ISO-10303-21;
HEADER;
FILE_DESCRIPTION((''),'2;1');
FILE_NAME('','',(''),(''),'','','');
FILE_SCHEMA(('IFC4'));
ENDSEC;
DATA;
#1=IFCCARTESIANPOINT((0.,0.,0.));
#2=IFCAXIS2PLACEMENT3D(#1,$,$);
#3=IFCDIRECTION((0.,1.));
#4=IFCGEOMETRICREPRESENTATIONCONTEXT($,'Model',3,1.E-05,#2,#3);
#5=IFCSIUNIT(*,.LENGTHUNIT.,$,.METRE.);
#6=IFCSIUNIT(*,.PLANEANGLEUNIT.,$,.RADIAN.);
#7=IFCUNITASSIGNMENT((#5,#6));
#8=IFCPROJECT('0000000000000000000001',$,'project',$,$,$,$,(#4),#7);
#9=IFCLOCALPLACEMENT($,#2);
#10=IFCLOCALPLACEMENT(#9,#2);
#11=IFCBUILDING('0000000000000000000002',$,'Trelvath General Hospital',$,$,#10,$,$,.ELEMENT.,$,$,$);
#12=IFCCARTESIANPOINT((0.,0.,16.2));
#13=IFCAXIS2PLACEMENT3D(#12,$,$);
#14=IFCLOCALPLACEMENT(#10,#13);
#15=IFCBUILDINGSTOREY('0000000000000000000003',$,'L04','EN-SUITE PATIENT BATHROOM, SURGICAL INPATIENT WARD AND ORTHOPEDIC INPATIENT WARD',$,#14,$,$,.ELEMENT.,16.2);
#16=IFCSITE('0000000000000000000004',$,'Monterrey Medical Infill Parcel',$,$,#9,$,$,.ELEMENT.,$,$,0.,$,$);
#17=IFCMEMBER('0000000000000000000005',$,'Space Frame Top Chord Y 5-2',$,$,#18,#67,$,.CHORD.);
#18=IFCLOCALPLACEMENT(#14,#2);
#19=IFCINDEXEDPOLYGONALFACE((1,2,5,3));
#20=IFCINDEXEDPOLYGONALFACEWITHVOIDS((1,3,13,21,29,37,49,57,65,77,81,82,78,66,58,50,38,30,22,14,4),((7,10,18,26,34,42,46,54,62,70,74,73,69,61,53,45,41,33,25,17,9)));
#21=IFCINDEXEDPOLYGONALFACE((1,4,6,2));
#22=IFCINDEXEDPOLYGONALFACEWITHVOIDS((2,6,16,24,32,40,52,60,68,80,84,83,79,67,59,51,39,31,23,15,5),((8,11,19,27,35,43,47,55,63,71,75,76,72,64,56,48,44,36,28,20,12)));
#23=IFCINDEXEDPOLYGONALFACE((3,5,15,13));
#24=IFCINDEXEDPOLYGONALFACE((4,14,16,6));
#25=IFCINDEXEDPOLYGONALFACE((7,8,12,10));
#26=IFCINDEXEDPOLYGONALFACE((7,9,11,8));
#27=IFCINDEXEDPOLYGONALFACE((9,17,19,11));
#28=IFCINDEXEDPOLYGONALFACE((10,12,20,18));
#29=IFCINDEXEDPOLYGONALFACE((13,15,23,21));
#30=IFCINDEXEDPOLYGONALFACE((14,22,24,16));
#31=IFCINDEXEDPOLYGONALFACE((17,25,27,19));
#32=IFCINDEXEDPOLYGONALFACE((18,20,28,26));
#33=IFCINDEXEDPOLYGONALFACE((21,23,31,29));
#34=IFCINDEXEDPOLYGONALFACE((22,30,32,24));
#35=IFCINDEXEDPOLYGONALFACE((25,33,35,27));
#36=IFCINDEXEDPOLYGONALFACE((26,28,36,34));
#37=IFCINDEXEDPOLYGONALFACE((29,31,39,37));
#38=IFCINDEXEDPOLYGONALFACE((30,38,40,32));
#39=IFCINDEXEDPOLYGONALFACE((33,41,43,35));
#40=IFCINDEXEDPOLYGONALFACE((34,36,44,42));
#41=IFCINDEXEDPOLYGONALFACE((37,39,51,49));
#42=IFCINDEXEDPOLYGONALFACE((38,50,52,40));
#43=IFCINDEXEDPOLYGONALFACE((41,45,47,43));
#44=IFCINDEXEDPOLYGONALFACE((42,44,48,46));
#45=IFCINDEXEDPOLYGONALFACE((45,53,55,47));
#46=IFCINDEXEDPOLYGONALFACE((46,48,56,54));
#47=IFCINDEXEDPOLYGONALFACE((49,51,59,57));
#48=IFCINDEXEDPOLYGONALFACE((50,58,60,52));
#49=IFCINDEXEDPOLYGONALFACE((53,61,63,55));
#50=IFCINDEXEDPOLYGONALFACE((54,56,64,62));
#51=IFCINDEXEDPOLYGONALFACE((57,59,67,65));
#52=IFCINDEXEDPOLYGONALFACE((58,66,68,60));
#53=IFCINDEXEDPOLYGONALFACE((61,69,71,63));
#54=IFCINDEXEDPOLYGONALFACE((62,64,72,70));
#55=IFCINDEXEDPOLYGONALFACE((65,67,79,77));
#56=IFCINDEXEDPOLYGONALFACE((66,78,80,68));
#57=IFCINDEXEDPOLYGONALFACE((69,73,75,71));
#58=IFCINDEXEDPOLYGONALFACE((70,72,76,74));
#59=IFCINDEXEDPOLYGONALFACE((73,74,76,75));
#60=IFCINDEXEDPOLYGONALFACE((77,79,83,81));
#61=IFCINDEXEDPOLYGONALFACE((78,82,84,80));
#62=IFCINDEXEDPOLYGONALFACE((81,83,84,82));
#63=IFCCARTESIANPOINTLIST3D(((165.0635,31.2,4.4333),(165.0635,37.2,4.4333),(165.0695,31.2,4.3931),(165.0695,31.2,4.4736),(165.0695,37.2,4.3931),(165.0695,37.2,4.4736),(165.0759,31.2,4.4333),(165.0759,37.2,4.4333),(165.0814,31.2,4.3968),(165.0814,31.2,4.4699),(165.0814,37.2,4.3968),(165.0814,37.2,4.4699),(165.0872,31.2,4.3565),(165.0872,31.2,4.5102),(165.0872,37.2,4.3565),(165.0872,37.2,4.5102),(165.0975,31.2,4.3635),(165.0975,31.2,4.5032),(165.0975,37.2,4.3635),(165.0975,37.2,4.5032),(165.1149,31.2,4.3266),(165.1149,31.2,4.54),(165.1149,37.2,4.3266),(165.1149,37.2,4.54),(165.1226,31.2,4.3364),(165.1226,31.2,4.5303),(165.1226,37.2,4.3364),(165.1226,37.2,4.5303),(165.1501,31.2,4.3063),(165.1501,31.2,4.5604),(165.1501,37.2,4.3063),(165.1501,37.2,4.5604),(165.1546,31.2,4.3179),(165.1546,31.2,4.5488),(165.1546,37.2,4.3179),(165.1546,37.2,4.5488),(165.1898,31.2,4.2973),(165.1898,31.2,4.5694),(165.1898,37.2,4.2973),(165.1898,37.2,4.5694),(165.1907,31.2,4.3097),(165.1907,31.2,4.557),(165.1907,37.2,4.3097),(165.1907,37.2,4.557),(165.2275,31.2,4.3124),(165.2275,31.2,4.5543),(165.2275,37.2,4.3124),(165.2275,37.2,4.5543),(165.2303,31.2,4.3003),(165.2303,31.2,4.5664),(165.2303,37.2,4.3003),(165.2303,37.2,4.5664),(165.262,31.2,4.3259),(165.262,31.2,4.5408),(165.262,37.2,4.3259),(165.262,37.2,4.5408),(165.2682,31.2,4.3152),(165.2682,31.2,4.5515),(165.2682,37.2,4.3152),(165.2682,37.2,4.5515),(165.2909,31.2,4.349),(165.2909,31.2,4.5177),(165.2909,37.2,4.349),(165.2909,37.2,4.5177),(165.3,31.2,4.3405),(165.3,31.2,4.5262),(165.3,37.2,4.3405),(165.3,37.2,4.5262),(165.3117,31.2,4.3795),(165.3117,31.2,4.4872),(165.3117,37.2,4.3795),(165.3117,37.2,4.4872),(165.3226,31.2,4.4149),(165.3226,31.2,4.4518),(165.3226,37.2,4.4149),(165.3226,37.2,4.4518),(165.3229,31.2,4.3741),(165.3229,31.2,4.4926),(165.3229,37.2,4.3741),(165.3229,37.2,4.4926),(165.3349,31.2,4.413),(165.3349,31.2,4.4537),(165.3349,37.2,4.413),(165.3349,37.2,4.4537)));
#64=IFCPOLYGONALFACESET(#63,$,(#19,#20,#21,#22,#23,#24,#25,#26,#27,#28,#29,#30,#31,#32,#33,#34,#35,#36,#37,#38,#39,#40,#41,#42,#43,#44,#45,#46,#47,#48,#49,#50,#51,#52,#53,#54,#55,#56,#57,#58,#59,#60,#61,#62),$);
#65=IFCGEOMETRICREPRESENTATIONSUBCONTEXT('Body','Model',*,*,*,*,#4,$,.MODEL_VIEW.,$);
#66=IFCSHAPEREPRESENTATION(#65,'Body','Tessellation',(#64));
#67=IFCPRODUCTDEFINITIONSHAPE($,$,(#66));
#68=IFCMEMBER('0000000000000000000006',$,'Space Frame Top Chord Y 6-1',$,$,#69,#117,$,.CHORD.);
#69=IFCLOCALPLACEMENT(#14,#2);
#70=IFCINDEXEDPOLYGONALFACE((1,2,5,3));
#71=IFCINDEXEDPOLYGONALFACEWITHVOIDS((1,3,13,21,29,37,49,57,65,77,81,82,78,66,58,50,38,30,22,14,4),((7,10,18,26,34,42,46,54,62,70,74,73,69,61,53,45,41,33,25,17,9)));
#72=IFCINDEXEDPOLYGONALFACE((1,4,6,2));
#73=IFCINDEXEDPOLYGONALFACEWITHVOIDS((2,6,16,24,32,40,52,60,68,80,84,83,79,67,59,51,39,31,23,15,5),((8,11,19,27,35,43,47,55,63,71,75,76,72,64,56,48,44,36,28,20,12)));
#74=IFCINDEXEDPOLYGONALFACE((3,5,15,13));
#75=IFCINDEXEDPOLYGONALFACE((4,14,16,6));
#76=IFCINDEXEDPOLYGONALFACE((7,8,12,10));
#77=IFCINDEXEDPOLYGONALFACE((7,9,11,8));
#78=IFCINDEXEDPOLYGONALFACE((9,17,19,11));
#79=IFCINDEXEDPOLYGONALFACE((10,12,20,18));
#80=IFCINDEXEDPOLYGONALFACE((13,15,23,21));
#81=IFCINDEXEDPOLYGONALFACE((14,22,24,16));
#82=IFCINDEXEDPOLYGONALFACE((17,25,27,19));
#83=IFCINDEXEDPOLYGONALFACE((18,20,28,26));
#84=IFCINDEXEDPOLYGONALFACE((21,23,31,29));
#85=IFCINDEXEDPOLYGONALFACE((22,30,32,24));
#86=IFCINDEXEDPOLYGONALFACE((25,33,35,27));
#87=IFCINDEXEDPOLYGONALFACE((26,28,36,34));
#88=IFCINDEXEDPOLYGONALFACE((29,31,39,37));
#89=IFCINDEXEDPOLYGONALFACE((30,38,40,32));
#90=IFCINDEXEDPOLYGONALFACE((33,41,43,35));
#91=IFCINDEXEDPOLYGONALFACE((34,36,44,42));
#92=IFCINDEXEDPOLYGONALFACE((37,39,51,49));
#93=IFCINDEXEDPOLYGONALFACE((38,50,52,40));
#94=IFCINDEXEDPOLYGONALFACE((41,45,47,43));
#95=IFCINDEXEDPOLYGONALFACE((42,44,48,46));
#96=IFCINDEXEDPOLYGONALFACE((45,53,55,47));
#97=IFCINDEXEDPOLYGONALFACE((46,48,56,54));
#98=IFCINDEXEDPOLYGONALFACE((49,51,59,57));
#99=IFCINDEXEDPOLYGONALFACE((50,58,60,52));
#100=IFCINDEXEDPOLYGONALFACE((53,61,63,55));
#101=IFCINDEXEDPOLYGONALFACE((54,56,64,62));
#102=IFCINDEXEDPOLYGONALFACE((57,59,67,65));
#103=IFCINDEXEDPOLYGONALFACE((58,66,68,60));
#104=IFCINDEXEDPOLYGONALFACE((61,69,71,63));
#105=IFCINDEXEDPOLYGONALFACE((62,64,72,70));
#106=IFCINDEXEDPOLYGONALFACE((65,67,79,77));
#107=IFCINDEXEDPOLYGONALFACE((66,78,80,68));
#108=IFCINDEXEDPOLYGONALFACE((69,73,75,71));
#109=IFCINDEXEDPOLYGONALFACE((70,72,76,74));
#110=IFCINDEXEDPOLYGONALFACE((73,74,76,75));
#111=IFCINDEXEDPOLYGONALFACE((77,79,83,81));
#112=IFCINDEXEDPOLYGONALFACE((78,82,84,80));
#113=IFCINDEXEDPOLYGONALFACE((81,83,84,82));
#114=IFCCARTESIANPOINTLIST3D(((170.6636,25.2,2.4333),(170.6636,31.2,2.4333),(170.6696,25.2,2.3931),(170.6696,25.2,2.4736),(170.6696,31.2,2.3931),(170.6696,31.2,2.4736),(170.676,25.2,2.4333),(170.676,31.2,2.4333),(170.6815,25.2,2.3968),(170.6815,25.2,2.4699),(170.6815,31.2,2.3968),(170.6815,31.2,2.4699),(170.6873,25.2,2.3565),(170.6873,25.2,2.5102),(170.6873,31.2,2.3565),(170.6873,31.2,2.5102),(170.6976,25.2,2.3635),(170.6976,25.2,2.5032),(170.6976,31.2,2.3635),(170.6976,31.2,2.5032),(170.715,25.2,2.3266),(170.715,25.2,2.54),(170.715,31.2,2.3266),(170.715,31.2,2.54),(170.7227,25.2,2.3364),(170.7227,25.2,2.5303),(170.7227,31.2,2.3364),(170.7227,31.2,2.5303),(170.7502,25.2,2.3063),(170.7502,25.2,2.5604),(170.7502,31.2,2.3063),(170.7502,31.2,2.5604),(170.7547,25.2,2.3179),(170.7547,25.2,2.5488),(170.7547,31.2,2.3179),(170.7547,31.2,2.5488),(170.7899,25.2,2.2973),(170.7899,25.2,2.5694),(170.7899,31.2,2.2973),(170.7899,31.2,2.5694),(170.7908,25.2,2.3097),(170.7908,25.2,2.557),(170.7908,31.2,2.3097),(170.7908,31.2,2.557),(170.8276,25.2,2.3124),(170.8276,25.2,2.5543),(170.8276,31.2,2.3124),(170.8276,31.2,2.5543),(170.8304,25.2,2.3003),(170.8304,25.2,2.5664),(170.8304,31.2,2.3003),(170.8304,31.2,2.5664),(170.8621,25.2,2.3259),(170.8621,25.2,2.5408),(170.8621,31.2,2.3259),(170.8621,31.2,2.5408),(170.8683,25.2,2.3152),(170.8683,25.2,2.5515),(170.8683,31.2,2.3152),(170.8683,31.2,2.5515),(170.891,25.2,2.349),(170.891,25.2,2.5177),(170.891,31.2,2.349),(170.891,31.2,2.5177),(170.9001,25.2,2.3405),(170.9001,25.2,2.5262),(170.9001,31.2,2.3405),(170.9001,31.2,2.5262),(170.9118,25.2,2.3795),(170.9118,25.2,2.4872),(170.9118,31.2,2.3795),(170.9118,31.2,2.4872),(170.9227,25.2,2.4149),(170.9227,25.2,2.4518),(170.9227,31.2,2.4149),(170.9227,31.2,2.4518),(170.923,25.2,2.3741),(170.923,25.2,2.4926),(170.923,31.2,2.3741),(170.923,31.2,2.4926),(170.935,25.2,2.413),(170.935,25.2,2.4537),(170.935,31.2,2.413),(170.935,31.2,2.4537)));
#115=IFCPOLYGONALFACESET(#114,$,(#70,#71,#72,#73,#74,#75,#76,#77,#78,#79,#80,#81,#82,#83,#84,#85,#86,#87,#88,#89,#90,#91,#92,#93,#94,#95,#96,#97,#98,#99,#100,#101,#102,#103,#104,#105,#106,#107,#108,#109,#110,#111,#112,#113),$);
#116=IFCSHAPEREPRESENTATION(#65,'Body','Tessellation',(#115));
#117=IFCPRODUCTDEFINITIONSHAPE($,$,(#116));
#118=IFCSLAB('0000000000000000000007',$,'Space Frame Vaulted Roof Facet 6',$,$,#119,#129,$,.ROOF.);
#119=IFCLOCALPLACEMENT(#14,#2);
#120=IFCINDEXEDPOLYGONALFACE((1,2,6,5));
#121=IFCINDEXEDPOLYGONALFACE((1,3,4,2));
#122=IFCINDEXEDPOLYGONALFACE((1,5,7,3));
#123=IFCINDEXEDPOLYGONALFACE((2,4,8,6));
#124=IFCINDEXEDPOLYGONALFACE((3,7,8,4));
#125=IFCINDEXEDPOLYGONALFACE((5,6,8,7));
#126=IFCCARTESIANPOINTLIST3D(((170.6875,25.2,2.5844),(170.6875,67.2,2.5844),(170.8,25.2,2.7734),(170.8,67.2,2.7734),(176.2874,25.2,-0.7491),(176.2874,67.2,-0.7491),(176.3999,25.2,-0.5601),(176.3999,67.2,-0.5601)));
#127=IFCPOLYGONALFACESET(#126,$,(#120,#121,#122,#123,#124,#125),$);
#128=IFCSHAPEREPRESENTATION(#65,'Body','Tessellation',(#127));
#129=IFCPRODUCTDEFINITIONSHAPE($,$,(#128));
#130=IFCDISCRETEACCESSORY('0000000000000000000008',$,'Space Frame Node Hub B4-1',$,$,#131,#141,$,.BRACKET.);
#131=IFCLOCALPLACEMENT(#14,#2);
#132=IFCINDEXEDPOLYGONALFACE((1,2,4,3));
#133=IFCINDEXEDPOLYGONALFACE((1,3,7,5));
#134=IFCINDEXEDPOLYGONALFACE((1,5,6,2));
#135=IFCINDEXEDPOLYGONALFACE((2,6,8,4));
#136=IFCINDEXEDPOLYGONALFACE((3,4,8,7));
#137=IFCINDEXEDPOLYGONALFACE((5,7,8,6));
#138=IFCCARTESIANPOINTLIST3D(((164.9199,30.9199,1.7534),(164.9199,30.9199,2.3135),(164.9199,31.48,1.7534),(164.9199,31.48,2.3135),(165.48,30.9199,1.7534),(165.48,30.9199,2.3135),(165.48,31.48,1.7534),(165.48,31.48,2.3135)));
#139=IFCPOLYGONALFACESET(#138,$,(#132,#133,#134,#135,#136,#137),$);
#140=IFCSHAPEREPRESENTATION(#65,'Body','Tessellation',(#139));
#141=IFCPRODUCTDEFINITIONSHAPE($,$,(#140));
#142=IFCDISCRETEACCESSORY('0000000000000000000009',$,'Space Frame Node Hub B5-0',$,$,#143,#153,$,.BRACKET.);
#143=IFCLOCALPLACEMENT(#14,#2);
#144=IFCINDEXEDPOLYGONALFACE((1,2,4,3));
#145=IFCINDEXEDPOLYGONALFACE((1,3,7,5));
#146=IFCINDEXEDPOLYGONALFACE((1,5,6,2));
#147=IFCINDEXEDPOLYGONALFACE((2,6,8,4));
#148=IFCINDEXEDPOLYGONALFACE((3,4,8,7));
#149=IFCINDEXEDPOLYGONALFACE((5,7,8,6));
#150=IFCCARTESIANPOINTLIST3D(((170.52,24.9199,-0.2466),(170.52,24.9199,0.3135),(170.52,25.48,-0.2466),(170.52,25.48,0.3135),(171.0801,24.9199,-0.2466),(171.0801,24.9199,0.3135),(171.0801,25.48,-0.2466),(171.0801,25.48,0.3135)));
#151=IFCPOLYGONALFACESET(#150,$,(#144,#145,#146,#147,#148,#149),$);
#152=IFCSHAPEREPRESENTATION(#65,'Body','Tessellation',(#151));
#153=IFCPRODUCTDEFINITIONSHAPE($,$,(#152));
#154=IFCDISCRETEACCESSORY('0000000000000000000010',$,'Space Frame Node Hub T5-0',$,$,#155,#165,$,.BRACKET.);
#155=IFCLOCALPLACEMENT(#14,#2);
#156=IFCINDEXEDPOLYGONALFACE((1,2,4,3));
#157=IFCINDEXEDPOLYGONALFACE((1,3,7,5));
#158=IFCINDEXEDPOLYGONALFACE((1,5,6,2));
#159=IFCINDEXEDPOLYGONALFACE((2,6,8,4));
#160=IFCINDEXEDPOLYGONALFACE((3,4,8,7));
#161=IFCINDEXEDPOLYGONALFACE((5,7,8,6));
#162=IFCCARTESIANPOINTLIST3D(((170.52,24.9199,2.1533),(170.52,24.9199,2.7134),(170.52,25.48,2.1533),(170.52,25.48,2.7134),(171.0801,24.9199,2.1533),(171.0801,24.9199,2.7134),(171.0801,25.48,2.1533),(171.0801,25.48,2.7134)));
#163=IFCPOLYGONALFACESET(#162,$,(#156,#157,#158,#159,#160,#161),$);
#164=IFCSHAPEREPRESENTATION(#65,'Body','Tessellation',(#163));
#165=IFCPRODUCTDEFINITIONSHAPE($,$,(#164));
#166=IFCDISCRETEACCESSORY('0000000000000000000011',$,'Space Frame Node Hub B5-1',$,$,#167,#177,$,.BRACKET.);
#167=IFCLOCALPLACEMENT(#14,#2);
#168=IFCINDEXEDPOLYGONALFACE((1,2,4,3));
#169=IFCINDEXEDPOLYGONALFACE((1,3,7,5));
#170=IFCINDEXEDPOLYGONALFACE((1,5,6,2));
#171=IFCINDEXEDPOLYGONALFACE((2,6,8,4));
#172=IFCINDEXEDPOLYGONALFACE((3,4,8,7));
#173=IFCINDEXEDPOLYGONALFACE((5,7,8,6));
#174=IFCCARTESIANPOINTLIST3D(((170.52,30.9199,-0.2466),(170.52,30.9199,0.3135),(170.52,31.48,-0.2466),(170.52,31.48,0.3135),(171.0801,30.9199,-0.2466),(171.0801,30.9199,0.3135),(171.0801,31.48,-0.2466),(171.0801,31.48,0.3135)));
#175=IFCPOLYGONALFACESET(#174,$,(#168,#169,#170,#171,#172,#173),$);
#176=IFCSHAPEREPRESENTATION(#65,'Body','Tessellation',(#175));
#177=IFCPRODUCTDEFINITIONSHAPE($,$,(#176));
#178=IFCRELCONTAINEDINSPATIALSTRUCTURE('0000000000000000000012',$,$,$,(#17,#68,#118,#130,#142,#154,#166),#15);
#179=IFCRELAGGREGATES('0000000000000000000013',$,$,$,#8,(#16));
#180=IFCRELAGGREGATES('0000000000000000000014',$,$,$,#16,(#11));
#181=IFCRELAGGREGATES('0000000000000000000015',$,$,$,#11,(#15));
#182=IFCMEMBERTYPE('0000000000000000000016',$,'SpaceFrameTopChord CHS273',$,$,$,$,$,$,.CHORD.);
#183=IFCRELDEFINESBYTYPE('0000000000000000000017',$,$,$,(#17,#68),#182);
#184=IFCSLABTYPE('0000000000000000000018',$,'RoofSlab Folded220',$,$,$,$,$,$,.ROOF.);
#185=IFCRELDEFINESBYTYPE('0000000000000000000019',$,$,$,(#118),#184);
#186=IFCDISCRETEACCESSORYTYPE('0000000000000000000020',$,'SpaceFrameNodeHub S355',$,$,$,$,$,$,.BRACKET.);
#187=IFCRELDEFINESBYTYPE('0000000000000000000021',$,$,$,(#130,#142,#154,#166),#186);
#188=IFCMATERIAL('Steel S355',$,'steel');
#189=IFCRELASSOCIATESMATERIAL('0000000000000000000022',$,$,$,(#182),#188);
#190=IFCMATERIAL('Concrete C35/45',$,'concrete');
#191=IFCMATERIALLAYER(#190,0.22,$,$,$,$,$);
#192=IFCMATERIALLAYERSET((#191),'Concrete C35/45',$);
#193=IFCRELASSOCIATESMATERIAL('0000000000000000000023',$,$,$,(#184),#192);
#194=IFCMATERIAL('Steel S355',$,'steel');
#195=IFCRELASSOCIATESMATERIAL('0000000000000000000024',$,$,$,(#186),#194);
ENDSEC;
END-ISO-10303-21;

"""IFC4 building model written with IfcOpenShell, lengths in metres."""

from ifc_helpers import new_model, si_unit, direction, frame, origin, origin_2d, place, context, subcontext, project, spatial, polyline, rectangle, hollow_circle, outline, extrude, material, layer, layer_set, material_profile, profile_set, type_object, element, save


model = new_model("IFC4")

# Units and contexts
model_context = context("Model", 3, precision=1e-05, world=origin(), true_north=direction((0.0, 1.0)))
body_context = subcontext(model_context, "Body", "Model", "MODEL_VIEW")
ifc_project = project(units=[si_unit("LENGTHUNIT", "METRE"), si_unit("PLANEANGLEUNIT", "RADIAN")], contexts=[model_context])

# Site, building, storey
site_placement = place(None, origin())
site = spatial("IfcSite", under=ifc_project, at=site_placement, Name="Monterrey Medical Infill Parcel", CompositionType="ELEMENT", RefElevation=0.0)
building_placement = place(site_placement, origin())
building = spatial("IfcBuilding", under=site, at=building_placement, Name="Trelvath General Hospital", CompositionType="ELEMENT")
storey_placement = place(building_placement, frame((0.0, 0.0, 16.2)))
storey = spatial("IfcBuildingStorey", under=building, at=storey_placement, Name="L04", Description="EN-SUITE PATIENT BATHROOM, SURGICAL INPATIENT WARD AND ORTHOPEDIC INPATIENT WARD", CompositionType="ELEMENT", Elevation=16.2)

# Members
ifc_material_1 = material(Name="Steel S355", Category="steel")
ifc_material_profile_1 = material_profile(ifc_material_1, hollow_circle(Radius=0.1365, WallThickness=0.0125, at=origin_2d()), Name="CHS273.0x12.5")
ifc_profile_set_1 = profile_set([ifc_material_profile_1], Name="Steel S355")
member_type_1 = type_object("IfcMemberType", Name="SpaceFrameTopChord CHS273", PredefinedType="CHORD", material=ifc_profile_set_1)
for number, where, z_axis, x_axis, name in (
    (1, (165.2, 31.2, 4.4333), (0.0, 1.0, 0.0), (-1.0, 0.0, 0.0), "Space Frame Top Chord Y 5-2"),
    (2, (170.8, 25.2, 2.4333), (0.0, 1.0, 0.0), (-1.0, 0.0, 0.0), "Space Frame Top Chord Y 6-1"),
):
    element("IfcMember", number, at=place(storey_placement, frame(where, z_axis=z_axis, x_axis=x_axis)), inside=storey, type_object=member_type_1, Name=name, PredefinedType="CHORD", context=body_context, shape_type="SweptSolid", body=[
        extrude(hollow_circle(Radius=0.1365, WallThickness=0.0125, at=origin_2d()), origin(), (0.0, 0.0, 1.0), 6.0),
    ])

# Slab
ifc_material_2 = material(Name="Concrete C35/45", Category="concrete")
ifc_layer = layer(ifc_material_2, 0.22)
ifc_layer_set = layer_set([ifc_layer], Name="Concrete C35/45")
slab_type = type_object("IfcSlabType", Name="RoofSlab Folded220", PredefinedType="ROOF", material=ifc_layer_set)
slab_placement = place(storey_placement, frame((170.8, 25.2, 2.7734), z_axis=(0.511512, 0.0, 0.859276), x_axis=(0.859276, 0.0, -0.511512)))
element("IfcSlab", 3, at=slab_placement, inside=storey, type_object=slab_type, Name="Space Frame Vaulted Roof Facet 6", PredefinedType="ROOF", context=body_context, shape_type="SweptSolid", body=[
    extrude(outline(polyline([(0.0, 0.0), (6.5169, 0.0), (6.5169, 42.0), (0.0, 42.0), (0.0, 0.0)])), origin(), (0.0, 0.0, -1.0), 0.22),
])

# Discrete accessories
ifc_material_3 = material(Name="Steel S355", Category="steel")
discrete_accessory_type = type_object("IfcDiscreteAccessoryType", Name="SpaceFrameNodeHub S355", PredefinedType="BRACKET", material=ifc_material_3)
for number, where, z_axis, x_axis, name in (
    (4, (165.2, 31.2, 1.7534), (0.0, 0.0, 1.0), (1.0, 0.0, 0.0), "Space Frame Node Hub B4-1"),
    (5, (170.8, 25.2, -0.2466), (0.0, 0.0, 1.0), (1.0, 0.0, 0.0), "Space Frame Node Hub B5-0"),
    (6, (170.8, 25.2, 2.1533), (0.0, 0.0, 1.0), (1.0, 0.0, 0.0), "Space Frame Node Hub T5-0"),
    (7, (170.8, 31.2, -0.2466), (0.0, 0.0, 1.0), (1.0, 0.0, 0.0), "Space Frame Node Hub B5-1"),
):
    element("IfcDiscreteAccessory", number, at=place(storey_placement, frame(where, z_axis=z_axis, x_axis=x_axis)), inside=storey, type_object=discrete_accessory_type, Name=name, PredefinedType="BRACKET", context=body_context, shape_type="SweptSolid", body=[
        extrude(rectangle(XDim=0.5601, YDim=0.5601, at=origin_2d()), origin(), (0.0, 0.0, 1.0), 0.5601),
    ])

save(model, "model.ifc")
